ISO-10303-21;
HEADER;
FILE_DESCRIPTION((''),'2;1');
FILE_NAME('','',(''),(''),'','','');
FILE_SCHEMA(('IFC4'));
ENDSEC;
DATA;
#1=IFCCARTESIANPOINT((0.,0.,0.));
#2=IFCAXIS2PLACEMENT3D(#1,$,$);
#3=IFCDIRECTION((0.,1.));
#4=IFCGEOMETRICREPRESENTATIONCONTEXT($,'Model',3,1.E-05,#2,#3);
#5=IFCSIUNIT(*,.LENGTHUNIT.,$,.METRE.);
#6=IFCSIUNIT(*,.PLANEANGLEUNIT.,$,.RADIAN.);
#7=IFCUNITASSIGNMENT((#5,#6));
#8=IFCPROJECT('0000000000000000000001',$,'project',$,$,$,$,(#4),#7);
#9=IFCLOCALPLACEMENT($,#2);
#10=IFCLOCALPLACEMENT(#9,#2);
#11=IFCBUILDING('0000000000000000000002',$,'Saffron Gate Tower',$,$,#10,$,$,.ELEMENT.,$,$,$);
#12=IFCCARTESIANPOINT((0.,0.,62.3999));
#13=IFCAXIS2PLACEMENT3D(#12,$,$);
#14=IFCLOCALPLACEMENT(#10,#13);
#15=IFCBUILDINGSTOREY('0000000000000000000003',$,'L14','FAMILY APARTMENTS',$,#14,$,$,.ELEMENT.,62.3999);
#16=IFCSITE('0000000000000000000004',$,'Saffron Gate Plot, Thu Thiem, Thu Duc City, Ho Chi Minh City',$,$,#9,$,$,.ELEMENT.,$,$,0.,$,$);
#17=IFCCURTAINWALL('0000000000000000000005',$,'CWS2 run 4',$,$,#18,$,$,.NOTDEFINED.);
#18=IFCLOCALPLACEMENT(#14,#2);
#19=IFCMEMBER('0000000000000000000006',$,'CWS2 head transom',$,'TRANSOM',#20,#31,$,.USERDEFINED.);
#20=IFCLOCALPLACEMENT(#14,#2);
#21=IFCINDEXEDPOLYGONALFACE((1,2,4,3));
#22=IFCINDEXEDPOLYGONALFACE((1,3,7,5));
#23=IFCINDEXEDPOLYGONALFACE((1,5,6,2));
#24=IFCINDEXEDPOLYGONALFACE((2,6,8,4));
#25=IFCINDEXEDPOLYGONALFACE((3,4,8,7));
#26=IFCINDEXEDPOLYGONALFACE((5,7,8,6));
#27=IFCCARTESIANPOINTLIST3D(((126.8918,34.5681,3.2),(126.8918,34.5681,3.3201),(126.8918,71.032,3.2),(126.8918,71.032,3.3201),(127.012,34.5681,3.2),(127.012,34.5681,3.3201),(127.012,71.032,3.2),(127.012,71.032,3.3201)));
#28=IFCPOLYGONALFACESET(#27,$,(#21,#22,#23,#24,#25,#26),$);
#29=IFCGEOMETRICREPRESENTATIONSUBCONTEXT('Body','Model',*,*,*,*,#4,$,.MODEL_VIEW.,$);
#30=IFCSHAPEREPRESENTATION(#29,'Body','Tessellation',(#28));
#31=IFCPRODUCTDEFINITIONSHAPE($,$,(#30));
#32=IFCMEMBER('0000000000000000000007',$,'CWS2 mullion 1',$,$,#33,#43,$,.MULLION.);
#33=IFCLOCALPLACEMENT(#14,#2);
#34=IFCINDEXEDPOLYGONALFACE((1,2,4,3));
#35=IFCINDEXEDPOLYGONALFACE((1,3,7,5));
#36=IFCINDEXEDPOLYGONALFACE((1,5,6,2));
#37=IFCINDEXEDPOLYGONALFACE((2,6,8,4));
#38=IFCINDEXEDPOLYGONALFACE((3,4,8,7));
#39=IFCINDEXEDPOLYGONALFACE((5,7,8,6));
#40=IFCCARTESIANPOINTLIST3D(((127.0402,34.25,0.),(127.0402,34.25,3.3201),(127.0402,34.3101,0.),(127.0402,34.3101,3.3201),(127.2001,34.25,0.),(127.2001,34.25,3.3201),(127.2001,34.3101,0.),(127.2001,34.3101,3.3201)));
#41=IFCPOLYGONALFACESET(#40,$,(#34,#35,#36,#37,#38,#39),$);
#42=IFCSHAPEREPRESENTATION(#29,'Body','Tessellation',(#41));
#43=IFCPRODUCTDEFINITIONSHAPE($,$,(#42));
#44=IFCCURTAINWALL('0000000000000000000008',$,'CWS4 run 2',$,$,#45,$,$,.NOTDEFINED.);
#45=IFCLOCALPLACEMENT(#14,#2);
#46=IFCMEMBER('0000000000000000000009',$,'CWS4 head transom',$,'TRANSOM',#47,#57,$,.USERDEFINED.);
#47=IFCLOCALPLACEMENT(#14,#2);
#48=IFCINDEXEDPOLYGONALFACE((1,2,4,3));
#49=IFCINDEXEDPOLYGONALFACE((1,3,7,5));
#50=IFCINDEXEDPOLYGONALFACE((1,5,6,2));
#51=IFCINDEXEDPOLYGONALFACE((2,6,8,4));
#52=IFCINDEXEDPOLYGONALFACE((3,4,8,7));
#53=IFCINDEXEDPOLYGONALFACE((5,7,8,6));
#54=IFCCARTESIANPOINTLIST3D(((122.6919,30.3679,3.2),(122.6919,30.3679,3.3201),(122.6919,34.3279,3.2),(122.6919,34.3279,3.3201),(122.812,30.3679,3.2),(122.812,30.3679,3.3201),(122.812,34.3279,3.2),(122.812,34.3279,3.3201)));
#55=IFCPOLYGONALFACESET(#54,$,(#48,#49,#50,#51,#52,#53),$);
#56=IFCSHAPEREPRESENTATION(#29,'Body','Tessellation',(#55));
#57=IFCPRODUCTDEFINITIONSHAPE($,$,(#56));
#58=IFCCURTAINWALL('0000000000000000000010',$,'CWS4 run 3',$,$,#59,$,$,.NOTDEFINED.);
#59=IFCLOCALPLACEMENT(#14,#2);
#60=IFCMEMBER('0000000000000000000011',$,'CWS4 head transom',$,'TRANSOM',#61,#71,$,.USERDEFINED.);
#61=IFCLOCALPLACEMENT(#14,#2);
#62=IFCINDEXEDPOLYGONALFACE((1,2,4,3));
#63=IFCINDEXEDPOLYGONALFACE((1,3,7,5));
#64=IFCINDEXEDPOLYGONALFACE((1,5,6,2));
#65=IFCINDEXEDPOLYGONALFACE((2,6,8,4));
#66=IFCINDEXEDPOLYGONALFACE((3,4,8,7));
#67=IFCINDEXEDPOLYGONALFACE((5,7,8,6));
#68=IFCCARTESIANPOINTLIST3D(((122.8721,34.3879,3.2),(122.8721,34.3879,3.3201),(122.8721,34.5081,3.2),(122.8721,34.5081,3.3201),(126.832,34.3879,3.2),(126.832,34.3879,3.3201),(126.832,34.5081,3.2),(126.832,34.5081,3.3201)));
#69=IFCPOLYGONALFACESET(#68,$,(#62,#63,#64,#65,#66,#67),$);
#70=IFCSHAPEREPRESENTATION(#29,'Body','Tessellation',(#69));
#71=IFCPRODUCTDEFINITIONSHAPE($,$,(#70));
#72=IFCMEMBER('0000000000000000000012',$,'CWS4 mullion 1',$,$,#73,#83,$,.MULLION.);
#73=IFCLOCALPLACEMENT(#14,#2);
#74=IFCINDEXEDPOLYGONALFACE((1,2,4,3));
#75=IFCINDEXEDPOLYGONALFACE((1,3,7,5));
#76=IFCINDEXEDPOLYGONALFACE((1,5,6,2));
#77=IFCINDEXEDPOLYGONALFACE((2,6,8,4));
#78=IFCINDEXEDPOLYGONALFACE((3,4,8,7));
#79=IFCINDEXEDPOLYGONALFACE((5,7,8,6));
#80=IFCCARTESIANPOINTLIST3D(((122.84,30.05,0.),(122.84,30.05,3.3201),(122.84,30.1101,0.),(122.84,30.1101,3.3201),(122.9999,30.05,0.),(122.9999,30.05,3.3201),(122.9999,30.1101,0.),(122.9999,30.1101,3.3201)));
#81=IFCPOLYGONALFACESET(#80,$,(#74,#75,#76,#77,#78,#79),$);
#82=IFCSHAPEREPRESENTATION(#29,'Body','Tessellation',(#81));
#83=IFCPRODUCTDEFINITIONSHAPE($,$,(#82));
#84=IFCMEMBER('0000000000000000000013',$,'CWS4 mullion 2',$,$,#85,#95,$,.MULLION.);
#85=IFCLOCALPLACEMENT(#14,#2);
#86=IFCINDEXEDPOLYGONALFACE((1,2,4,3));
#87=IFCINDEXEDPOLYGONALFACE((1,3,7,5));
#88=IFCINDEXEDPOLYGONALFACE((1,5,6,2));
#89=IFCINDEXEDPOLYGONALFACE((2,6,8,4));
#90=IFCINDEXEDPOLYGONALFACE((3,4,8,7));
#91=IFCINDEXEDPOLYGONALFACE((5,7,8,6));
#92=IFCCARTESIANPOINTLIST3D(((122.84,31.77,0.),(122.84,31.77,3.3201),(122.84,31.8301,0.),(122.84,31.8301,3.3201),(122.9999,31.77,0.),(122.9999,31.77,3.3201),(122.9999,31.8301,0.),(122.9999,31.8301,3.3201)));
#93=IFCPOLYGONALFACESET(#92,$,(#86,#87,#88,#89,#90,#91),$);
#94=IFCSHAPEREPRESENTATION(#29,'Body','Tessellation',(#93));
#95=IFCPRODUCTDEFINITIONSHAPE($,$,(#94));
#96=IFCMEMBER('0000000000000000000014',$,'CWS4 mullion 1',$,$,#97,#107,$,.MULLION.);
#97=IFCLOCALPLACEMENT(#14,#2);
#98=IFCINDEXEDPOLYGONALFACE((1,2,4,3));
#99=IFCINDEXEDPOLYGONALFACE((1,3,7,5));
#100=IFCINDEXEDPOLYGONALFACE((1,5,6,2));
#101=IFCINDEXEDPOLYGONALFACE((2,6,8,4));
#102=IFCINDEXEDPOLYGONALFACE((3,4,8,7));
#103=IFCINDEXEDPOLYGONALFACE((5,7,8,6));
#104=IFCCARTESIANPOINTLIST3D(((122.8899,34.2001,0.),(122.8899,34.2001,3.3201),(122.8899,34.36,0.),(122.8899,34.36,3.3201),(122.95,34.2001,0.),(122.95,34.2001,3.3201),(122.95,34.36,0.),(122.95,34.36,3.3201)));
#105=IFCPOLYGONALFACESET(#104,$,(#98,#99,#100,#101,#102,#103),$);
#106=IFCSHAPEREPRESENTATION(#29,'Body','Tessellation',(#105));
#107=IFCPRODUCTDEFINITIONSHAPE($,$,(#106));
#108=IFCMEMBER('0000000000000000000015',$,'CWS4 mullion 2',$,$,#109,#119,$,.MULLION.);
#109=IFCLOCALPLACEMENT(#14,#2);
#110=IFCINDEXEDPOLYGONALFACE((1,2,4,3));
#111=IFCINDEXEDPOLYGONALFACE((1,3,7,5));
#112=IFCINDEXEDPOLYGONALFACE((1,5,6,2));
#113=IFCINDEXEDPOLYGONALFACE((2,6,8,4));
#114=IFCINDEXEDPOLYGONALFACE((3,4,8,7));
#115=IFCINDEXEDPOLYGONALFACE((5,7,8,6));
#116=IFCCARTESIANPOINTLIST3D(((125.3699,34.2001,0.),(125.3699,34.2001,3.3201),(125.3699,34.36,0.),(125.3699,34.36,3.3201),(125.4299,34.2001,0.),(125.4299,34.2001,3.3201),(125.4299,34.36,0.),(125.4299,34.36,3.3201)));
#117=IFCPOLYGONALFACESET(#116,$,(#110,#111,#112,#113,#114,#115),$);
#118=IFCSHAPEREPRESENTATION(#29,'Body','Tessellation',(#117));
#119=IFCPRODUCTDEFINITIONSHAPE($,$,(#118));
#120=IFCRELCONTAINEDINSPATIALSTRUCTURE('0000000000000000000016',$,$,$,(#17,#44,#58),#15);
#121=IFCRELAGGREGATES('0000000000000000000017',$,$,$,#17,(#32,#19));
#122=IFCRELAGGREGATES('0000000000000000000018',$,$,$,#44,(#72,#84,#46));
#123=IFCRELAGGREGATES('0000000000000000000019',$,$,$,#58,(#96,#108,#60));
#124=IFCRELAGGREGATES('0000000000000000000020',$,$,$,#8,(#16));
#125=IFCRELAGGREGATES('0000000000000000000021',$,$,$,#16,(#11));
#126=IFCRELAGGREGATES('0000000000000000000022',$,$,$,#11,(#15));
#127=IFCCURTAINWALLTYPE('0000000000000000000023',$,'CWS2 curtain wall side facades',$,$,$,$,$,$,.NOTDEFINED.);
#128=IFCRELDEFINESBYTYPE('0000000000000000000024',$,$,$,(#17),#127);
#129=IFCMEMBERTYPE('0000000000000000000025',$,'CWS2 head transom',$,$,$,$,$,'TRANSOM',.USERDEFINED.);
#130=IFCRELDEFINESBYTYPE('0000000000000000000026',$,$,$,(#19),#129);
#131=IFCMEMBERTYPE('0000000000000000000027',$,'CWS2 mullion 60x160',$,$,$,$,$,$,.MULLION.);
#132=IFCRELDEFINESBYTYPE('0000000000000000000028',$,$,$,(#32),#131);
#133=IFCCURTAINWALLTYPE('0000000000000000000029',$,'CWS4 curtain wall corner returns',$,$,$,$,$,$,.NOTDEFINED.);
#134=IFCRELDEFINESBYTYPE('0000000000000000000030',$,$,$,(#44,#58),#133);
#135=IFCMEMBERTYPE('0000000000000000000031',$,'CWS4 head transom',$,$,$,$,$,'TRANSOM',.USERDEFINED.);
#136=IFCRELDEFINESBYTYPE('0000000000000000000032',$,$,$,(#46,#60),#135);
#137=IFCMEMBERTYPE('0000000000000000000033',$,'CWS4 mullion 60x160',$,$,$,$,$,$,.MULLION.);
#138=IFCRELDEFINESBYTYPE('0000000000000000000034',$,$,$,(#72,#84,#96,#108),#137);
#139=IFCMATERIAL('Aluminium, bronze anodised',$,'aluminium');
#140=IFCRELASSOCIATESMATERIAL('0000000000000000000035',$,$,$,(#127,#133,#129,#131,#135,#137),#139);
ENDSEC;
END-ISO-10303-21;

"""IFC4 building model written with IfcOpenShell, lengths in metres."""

from ifc_helpers import new_model, si_unit, direction, frame, origin, origin_2d, place, context, subcontext, project, spatial, rectangle, extrude, material, material_profile, profile_set, type_object, element, aggregate, save


model = new_model("IFC4")

# Units and contexts
model_context = context("Model", 3, precision=1e-05, world=origin(), true_north=direction((0.0, 1.0)))
body_context = subcontext(model_context, "Body", "Model", "MODEL_VIEW")
ifc_project = project(units=[si_unit("LENGTHUNIT", "METRE"), si_unit("PLANEANGLEUNIT", "RADIAN")], contexts=[model_context])

# Site, building, storey
site_placement = place(None, origin())
site = spatial("IfcSite", under=ifc_project, at=site_placement, Name="Saffron Gate Plot, Thu Thiem, Thu Duc City, Ho Chi Minh City", CompositionType="ELEMENT", RefElevation=0.0)
building_placement = place(site_placement, origin())
building = spatial("IfcBuilding", under=site, at=building_placement, Name="Saffron Gate Tower", CompositionType="ELEMENT")
storey_placement = place(building_placement, frame((0.0, 0.0, 62.3999)))
storey = spatial("IfcBuildingStorey", under=building, at=storey_placement, Name="L14", Description="FAMILY APARTMENTS", CompositionType="ELEMENT", Elevation=62.3999)

# Curtain wall, members
ifc_material_1 = material(Name="Aluminium, bronze anodised", Category="aluminium")
curtain_wall_type_1 = type_object("IfcCurtainWallType", Name="CWS2 curtain wall side facades", PredefinedType="NOTDEFINED", material=ifc_material_1)
curtain_wall_1_placement = place(storey_placement, origin())
curtain_wall_1 = element("IfcCurtainWall", 1, at=curtain_wall_1_placement, inside=storey, type_object=curtain_wall_type_1, Name="CWS2 run 4", PredefinedType="NOTDEFINED")
ifc_material_profile_1 = material_profile(ifc_material_1, rectangle(XDim=0.1201, YDim=0.1201, at=origin_2d()))
ifc_profile_set_1 = profile_set([ifc_material_profile_1], Name="Aluminium, bronze anodised")
member_type_1 = type_object("IfcMemberType", Name="CWS2 head transom", ElementType="TRANSOM", PredefinedType="USERDEFINED", material=ifc_profile_set_1)
member_1_placement = place(storey_placement, frame((126.9519, 34.5681, 3.26), z_axis=(0.0, 1.0, 0.0), x_axis=(-1.0, 0.0, 0.0)))
member_1 = element("IfcMember", 2, at=member_1_placement, type_object=member_type_1, Name="CWS2 head transom", ObjectType="TRANSOM", PredefinedType="USERDEFINED", context=body_context, shape_type="SweptSolid", body=[
    extrude(rectangle(XDim=0.1201, YDim=0.1201, at=origin_2d()), origin(), (0.0, 0.0, 1.0), 36.4639),
])
ifc_material_profile_2 = material_profile(ifc_material_1, rectangle(XDim=0.1599, YDim=0.0601, at=origin_2d()))
ifc_profile_set_2 = profile_set([ifc_material_profile_2], Name="Aluminium, bronze anodised")
member_type_2 = type_object("IfcMemberType", Name="CWS2 mullion 60x160", PredefinedType="MULLION", material=ifc_profile_set_2)
member_2_placement = place(storey_placement, frame((127.1201, 34.28, 0.0), z_axis=(0.0, 0.0, 1.0), x_axis=(-1.0, 0.0, 0.0)))
member_2 = element("IfcMember", 3, at=member_2_placement, type_object=member_type_2, Name="CWS2 mullion 1", PredefinedType="MULLION", context=body_context, shape_type="SweptSolid", body=[
    extrude(rectangle(XDim=0.1599, YDim=0.0601, at=origin_2d()), origin(), (0.0, 0.0, 1.0), 3.3201),
])

# Curtain walls, members
curtain_wall_type_2 = type_object("IfcCurtainWallType", Name="CWS4 curtain wall corner returns", PredefinedType="NOTDEFINED", material=ifc_material_1)
curtain_wall_2_placement = place(storey_placement, origin())
curtain_wall_2 = element("IfcCurtainWall", 4, at=curtain_wall_2_placement, inside=storey, type_object=curtain_wall_type_2, Name="CWS4 run 2", PredefinedType="NOTDEFINED")
ifc_material_profile_3 = material_profile(ifc_material_1, rectangle(XDim=0.1201, YDim=0.1201, at=origin_2d()))
ifc_profile_set_3 = profile_set([ifc_material_profile_3], Name="Aluminium, bronze anodised")
member_type_3 = type_object("IfcMemberType", Name="CWS4 head transom", ElementType="TRANSOM", PredefinedType="USERDEFINED", material=ifc_profile_set_3)
member_3_placement = place(storey_placement, frame((122.752, 30.3679, 3.26), z_axis=(0.0, 1.0, 0.0), x_axis=(-1.0, 0.0, 0.0)))
member_3 = element("IfcMember", 5, at=member_3_placement, type_object=member_type_3, Name="CWS4 head transom", ObjectType="TRANSOM", PredefinedType="USERDEFINED", context=body_context, shape_type="SweptSolid", body=[
    extrude(rectangle(XDim=0.1201, YDim=0.1201, at=origin_2d()), origin(), (0.0, 0.0, 1.0), 3.96),
])
curtain_wall_3_placement = place(storey_placement, origin())
curtain_wall_3 = element("IfcCurtainWall", 6, at=curtain_wall_3_placement, inside=storey, type_object=curtain_wall_type_2, Name="CWS4 run 3", PredefinedType="NOTDEFINED")
member_4_placement = place(storey_placement, frame((122.8721, 34.448, 3.26), z_axis=(1.0, 0.0, 0.0), x_axis=(0.0, 1.0, 0.0)))
member_4 = element("IfcMember", 7, at=member_4_placement, type_object=member_type_3, Name="CWS4 head transom", ObjectType="TRANSOM", PredefinedType="USERDEFINED", context=body_context, shape_type="SweptSolid", body=[
    extrude(rectangle(XDim=0.1201, YDim=0.1201, at=origin_2d()), origin(), (0.0, 0.0, 1.0), 3.96),
])

# Members
ifc_material_profile_4 = material_profile(ifc_material_1, rectangle(XDim=0.1599, YDim=0.0601, at=origin_2d()))
ifc_profile_set_4 = profile_set([ifc_material_profile_4], Name="Aluminium, bronze anodised")
member_type_4 = type_object("IfcMemberType", Name="CWS4 mullion 60x160", PredefinedType="MULLION", material=ifc_profile_set_4)
member_5_placement = place(storey_placement, frame((122.9199, 30.0801, 0.0), z_axis=(0.0, 0.0, 1.0), x_axis=(-1.0, 0.0, 0.0)))
member_5 = element("IfcMember", 8, at=member_5_placement, type_object=member_type_4, Name="CWS4 mullion 1", PredefinedType="MULLION", context=body_context, shape_type="SweptSolid", body=[
    extrude(rectangle(XDim=0.1599, YDim=0.0601, at=origin_2d()), origin(), (0.0, 0.0, 1.0), 3.3201),
])
member_6_placement = place(storey_placement, frame((122.9199, 31.8, 0.0), z_axis=(0.0, 0.0, 1.0), x_axis=(-1.0, 0.0, 0.0)))
member_6 = element("IfcMember", 9, at=member_6_placement, type_object=member_type_4, Name="CWS4 mullion 2", PredefinedType="MULLION", context=body_context, shape_type="SweptSolid", body=[
    extrude(rectangle(XDim=0.1599, YDim=0.0601, at=origin_2d()), origin(), (0.0, 0.0, 1.0), 3.3201),
])
member_7_placement = place(storey_placement, frame((122.9199, 34.28, 0.0), z_axis=(0.0, 0.0, 1.0), x_axis=(0.0, 1.0, 0.0)))
member_7 = element("IfcMember", 10, at=member_7_placement, type_object=member_type_4, Name="CWS4 mullion 1", PredefinedType="MULLION", context=body_context, shape_type="SweptSolid", body=[
    extrude(rectangle(XDim=0.1599, YDim=0.0601, at=origin_2d()), origin(), (0.0, 0.0, 1.0), 3.3201),
])
member_8_placement = place(storey_placement, frame((125.3999, 34.28, 0.0), z_axis=(0.0, 0.0, 1.0), x_axis=(0.0, 1.0, 0.0)))
member_8 = element("IfcMember", 11, at=member_8_placement, type_object=member_type_4, Name="CWS4 mullion 2", PredefinedType="MULLION", context=body_context, shape_type="SweptSolid", body=[
    extrude(rectangle(XDim=0.1599, YDim=0.0601, at=origin_2d()), origin(), (0.0, 0.0, 1.0), 3.3201),
])

aggregate(curtain_wall_1, [member_2, member_1])

aggregate(curtain_wall_2, [member_5, member_6, member_3])
aggregate(curtain_wall_3, [member_7, member_8, member_4])

save(model, "model.ifc")
